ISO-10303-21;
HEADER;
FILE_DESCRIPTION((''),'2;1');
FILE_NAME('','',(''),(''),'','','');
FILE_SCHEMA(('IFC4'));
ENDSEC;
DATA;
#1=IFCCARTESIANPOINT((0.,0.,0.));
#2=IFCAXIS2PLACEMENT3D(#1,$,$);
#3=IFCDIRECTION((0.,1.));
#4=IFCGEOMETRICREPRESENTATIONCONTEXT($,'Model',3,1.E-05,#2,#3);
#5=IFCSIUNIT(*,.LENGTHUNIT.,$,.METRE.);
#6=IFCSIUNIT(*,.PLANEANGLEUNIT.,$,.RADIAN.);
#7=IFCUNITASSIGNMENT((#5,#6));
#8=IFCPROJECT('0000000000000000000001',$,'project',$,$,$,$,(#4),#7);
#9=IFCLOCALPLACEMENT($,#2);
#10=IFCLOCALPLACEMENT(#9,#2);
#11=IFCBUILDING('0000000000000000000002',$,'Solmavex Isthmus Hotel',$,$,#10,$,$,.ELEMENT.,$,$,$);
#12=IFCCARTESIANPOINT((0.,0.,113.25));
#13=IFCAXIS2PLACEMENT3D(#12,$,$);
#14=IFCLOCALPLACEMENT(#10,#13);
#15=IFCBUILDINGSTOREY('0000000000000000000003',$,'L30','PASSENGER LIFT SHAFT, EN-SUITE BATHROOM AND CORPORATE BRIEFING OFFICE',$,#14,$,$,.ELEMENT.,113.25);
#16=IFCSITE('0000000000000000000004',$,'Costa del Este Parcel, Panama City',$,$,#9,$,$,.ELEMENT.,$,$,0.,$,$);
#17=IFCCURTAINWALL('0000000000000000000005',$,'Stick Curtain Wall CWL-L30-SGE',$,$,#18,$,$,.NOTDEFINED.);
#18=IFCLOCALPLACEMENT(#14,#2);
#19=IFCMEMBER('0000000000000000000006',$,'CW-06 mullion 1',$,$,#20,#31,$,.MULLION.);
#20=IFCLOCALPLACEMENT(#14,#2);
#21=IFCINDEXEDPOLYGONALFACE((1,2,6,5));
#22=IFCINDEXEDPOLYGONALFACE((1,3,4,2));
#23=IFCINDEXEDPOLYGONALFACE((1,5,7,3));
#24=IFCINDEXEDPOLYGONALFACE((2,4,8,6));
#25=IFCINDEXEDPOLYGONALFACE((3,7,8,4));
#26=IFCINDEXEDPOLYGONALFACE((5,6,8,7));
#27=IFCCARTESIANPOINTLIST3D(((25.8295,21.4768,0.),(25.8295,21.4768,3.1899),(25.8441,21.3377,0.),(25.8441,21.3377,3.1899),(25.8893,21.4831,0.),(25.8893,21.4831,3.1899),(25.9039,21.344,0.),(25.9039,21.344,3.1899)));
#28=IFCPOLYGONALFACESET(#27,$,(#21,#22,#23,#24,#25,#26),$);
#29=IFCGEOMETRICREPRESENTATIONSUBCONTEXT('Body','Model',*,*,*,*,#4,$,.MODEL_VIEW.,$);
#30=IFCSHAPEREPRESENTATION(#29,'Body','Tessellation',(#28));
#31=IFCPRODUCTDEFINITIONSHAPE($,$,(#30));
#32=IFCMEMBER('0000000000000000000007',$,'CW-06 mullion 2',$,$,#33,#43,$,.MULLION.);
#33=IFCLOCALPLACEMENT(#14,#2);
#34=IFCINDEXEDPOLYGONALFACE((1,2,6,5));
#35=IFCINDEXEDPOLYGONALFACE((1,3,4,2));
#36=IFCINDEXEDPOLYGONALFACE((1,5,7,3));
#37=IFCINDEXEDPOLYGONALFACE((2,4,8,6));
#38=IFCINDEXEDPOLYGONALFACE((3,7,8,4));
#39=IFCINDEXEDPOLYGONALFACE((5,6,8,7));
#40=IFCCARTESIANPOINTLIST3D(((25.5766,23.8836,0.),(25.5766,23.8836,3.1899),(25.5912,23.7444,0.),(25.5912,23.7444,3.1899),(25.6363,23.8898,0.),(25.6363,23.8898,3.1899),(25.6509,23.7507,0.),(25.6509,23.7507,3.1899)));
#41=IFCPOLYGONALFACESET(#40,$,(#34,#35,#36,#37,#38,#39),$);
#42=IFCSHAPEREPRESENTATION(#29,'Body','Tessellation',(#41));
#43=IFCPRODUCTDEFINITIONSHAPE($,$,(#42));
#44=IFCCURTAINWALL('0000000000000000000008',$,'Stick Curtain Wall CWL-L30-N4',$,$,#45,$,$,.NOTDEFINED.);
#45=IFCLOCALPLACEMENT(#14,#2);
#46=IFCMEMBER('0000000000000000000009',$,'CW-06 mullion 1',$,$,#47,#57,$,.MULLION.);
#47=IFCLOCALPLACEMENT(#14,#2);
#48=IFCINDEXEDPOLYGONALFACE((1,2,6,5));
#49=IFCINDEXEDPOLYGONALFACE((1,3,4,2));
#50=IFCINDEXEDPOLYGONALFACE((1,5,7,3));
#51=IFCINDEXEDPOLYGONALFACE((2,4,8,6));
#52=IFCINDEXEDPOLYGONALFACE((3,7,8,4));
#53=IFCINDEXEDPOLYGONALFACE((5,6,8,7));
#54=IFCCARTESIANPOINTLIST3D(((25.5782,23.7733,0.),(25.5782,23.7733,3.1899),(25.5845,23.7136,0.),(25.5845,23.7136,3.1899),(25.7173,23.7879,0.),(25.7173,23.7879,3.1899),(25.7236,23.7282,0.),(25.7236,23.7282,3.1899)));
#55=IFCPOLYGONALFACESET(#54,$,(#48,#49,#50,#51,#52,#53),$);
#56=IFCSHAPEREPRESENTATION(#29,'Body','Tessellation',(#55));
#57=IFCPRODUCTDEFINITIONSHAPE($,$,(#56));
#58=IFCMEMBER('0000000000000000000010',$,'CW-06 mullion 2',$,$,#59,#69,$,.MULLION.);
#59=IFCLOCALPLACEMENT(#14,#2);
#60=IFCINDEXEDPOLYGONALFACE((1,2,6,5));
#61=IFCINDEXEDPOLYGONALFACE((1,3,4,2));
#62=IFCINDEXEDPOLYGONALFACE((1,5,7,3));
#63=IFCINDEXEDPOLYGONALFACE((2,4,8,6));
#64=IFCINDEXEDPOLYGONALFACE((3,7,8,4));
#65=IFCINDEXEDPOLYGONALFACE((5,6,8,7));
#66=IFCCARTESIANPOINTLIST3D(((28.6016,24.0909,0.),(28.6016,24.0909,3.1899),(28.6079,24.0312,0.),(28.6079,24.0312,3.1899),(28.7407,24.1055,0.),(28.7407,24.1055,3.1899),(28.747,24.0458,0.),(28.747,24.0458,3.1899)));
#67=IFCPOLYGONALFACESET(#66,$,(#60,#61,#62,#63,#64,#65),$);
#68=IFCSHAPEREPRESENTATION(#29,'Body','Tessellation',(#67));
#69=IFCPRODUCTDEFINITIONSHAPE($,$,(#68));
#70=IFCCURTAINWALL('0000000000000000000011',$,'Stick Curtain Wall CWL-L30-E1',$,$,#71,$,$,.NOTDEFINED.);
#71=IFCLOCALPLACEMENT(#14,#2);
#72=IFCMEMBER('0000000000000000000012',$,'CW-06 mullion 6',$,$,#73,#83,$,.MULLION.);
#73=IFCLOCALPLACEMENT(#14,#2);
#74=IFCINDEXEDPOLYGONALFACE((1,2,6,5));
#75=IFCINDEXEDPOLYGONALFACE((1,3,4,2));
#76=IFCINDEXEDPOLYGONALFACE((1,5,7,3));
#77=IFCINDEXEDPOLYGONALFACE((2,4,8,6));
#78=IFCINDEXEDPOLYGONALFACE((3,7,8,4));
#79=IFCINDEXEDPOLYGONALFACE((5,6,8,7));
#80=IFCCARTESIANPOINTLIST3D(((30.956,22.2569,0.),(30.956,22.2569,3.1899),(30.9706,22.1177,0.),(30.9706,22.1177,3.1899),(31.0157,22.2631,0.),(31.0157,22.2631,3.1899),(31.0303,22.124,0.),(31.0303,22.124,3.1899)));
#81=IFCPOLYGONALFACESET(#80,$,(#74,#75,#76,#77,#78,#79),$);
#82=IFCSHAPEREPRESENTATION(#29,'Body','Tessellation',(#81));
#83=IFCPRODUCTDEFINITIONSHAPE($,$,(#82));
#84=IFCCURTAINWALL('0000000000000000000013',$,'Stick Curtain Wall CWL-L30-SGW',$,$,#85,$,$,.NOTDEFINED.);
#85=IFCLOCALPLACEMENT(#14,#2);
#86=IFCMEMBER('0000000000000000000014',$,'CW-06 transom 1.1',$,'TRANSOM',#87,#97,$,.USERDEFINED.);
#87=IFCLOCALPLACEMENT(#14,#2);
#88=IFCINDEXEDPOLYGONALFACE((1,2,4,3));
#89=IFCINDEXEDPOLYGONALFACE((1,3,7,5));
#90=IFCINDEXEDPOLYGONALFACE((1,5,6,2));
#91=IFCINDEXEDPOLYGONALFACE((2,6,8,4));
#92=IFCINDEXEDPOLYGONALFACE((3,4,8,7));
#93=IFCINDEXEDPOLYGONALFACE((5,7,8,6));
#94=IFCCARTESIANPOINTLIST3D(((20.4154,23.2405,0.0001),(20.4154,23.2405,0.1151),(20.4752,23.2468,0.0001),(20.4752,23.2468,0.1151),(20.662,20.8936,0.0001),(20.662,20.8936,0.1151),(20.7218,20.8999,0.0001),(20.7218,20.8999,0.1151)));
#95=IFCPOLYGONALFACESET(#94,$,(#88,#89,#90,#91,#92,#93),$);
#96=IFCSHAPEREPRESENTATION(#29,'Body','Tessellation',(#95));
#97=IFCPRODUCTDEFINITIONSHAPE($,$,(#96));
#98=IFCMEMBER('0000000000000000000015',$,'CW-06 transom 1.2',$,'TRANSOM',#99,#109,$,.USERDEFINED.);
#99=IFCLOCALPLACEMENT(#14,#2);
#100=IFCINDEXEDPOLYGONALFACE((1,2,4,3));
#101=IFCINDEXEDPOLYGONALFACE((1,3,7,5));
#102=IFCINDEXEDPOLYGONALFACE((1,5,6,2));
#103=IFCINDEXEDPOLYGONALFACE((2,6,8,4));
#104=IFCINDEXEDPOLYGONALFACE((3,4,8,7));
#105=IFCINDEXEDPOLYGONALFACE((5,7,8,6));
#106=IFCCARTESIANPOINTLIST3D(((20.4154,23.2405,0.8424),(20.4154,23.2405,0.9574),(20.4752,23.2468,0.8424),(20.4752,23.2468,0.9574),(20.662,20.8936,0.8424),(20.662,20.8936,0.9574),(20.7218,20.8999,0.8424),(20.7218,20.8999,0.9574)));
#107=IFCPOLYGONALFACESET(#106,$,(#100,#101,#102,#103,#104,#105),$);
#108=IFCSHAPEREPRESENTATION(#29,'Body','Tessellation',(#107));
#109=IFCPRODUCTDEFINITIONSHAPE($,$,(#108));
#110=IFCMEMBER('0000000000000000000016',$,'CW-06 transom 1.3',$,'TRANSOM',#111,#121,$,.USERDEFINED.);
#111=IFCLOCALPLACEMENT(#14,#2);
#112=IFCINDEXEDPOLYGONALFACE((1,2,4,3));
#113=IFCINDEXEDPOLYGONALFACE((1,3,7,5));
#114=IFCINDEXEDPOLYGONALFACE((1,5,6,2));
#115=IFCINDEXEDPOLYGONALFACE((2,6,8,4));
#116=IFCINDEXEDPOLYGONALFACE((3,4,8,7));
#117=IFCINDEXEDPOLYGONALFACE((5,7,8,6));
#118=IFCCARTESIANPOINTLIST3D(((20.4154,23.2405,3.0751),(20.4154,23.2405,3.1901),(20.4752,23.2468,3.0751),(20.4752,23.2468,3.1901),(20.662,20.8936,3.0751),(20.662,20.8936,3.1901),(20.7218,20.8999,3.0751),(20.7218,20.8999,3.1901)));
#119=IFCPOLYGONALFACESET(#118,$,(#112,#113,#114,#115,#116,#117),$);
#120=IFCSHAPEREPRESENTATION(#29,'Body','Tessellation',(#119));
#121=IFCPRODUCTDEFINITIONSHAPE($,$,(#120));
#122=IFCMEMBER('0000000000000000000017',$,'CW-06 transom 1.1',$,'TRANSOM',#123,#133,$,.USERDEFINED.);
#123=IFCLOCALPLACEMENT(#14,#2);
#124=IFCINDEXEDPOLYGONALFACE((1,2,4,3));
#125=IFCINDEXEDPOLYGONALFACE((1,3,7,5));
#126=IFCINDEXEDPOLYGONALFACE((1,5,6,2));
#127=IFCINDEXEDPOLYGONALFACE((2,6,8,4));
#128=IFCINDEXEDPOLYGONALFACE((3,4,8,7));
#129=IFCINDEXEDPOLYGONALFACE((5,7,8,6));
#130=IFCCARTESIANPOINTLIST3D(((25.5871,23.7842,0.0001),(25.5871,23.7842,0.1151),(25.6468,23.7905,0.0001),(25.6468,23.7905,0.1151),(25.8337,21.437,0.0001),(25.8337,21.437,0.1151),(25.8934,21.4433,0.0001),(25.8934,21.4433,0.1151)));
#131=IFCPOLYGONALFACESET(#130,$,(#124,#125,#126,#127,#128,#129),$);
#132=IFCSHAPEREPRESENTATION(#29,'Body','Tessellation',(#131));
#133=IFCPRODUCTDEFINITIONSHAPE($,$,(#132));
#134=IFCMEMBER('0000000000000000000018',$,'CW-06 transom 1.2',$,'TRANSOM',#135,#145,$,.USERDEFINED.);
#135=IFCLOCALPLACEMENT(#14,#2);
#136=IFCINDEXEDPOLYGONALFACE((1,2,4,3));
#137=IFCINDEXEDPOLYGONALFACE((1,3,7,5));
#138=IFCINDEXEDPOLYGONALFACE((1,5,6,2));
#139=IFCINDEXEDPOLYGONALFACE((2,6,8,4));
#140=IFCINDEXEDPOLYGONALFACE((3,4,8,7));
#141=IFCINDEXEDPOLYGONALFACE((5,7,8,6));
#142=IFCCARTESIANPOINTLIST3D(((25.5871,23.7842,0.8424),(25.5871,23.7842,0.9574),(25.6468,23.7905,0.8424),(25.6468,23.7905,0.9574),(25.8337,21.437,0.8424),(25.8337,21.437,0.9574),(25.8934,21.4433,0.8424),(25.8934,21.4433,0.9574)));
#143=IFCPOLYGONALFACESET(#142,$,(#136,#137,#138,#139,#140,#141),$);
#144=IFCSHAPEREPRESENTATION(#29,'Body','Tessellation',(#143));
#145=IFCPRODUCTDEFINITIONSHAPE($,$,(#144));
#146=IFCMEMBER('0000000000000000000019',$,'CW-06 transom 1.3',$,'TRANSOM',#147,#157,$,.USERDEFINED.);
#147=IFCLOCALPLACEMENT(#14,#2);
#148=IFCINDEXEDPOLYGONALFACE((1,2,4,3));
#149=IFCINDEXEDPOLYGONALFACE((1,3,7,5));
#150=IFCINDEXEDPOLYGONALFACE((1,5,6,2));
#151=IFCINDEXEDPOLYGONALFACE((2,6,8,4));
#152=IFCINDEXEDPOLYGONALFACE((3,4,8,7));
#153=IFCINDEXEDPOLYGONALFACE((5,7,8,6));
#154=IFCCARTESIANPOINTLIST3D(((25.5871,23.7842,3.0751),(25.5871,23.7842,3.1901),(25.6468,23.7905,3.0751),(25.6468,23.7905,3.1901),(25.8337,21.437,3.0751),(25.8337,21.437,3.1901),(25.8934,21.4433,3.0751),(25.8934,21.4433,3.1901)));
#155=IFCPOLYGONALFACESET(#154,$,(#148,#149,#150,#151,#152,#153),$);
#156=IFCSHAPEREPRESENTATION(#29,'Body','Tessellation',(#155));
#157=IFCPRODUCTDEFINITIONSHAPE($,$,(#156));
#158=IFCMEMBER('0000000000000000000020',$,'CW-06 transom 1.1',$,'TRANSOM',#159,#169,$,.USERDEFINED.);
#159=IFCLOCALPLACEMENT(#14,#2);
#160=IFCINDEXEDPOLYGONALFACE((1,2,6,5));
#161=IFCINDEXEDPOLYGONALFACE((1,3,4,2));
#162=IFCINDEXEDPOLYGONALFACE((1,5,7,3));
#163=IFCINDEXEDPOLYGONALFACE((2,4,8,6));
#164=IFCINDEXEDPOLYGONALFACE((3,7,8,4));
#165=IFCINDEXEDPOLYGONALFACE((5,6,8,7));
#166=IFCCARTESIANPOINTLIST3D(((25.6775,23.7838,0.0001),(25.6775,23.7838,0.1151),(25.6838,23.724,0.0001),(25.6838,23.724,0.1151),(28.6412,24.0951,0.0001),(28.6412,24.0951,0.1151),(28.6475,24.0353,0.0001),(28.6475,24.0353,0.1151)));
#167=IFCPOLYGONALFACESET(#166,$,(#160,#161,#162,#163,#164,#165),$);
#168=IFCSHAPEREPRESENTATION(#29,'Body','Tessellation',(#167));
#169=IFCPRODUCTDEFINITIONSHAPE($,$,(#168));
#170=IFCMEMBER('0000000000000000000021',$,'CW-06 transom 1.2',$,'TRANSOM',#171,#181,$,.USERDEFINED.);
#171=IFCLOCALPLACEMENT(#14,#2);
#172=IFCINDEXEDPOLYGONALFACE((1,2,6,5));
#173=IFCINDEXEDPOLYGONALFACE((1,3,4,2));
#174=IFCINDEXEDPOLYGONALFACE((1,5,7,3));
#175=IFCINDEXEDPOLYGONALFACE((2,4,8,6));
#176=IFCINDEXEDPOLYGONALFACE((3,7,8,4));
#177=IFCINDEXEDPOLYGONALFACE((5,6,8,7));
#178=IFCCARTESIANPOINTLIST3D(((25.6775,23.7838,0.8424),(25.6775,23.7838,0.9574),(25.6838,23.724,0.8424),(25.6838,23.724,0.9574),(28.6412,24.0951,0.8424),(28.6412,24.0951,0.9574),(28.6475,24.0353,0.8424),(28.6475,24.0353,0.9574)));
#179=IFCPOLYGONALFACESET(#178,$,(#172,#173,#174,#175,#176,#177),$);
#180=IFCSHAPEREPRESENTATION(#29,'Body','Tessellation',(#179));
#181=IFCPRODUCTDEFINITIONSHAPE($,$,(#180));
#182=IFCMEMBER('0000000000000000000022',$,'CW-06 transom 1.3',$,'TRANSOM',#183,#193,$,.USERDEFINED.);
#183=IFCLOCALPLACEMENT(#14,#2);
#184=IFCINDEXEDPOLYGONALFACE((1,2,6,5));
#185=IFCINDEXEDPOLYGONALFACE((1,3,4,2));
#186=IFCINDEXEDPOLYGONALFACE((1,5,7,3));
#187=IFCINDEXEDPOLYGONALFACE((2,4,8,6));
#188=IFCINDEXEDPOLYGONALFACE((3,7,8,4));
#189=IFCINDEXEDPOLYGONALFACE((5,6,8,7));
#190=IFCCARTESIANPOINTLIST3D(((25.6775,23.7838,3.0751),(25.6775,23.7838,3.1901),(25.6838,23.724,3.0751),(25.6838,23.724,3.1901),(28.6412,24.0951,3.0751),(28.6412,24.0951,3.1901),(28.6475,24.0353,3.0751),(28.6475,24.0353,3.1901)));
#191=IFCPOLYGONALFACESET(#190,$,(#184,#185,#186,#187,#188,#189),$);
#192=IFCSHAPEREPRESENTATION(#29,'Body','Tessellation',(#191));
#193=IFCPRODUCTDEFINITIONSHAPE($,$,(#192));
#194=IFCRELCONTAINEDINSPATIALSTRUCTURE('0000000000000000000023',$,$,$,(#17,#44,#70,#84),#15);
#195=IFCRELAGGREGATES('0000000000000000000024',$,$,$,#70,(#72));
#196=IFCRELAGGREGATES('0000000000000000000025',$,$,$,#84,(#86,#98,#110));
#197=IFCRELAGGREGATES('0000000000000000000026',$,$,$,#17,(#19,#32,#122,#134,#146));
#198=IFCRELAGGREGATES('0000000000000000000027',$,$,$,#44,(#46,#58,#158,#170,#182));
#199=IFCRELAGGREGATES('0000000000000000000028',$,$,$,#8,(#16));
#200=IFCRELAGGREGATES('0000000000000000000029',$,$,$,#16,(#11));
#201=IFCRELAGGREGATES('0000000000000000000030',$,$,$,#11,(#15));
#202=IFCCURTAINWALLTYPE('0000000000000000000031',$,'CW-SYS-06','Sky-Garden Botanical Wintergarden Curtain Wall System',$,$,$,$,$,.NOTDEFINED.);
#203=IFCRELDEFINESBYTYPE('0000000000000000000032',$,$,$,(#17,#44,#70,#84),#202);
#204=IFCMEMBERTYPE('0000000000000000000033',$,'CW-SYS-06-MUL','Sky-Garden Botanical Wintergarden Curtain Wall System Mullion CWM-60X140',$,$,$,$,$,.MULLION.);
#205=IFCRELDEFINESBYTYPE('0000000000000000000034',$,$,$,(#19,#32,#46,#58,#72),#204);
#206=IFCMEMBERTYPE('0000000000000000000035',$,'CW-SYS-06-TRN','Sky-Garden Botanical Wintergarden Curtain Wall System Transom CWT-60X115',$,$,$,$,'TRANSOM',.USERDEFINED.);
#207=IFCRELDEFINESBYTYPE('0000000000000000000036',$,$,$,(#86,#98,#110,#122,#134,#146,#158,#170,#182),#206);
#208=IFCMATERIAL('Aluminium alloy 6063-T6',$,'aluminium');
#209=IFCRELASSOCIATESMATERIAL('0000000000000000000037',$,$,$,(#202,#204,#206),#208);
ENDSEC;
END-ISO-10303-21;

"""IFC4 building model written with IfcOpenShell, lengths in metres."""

from ifc_helpers import new_model, si_unit, direction, frame, origin, origin_2d, place, context, subcontext, project, spatial, rectangle, extrude, material, material_profile, profile_set, type_object, element, aggregate, save


model = new_model("IFC4")

# Units and contexts
model_context = context("Model", 3, precision=1e-05, world=origin(), true_north=direction((0.0, 1.0)))
body_context = subcontext(model_context, "Body", "Model", "MODEL_VIEW")
ifc_project = project(units=[si_unit("LENGTHUNIT", "METRE"), si_unit("PLANEANGLEUNIT", "RADIAN")], contexts=[model_context])

# Site, building, storey
site_placement = place(None, origin())
site = spatial("IfcSite", under=ifc_project, at=site_placement, Name="Costa del Este Parcel, Panama City", CompositionType="ELEMENT", RefElevation=0.0)
building_placement = place(site_placement, origin())
building = spatial("IfcBuilding", under=site, at=building_placement, Name="Solmavex Isthmus Hotel", CompositionType="ELEMENT")
storey_placement = place(building_placement, frame((0.0, 0.0, 113.25)))
storey = spatial("IfcBuildingStorey", under=building, at=storey_placement, Name="L30", Description="PASSENGER LIFT SHAFT, EN-SUITE BATHROOM AND CORPORATE BRIEFING OFFICE", CompositionType="ELEMENT", Elevation=113.25)

# Curtain walls, members
ifc_material_1 = material(Name="Aluminium alloy 6063-T6", Category="aluminium")
curtain_wall_type = type_object("IfcCurtainWallType", Name="CW-SYS-06", Description="Sky-Garden Botanical Wintergarden Curtain Wall System", PredefinedType="NOTDEFINED", material=ifc_material_1)
curtain_wall_1_placement = place(storey_placement, origin())
curtain_wall_1 = element("IfcCurtainWall", 1, at=curtain_wall_1_placement, inside=storey, type_object=curtain_wall_type, Name="Stick Curtain Wall CWL-L30-SGE", PredefinedType="NOTDEFINED")
ifc_material_profile_1 = material_profile(ifc_material_1, rectangle(XDim=0.0601, YDim=0.1399, at=origin_2d()), Name="CWM-60X140")
ifc_profile_set_1 = profile_set([ifc_material_profile_1], Name="Aluminium alloy 6063-T6")
member_type_1 = type_object("IfcMemberType", Name="CW-SYS-06-MUL", Description="Sky-Garden Botanical Wintergarden Curtain Wall System Mullion CWM-60X140", PredefinedType="MULLION", material=ifc_profile_set_1)
member_1_placement = place(storey_placement, frame((25.8667, 21.4104, 0.0), z_axis=(0.0, 0.0, 1.0), x_axis=(-0.994522, -0.104528, 0.0)))
member_1 = element("IfcMember", 2, at=member_1_placement, type_object=member_type_1, Name="CW-06 mullion 1", PredefinedType="MULLION", context=body_context, shape_type="SweptSolid", body=[
    extrude(rectangle(XDim=0.0601, YDim=0.1399, at=origin_2d()), origin(), (0.0, 0.0, 1.0), 3.1899),
])
member_2_placement = place(storey_placement, frame((25.6138, 23.8171, 0.0), z_axis=(0.0, 0.0, 1.0), x_axis=(-0.994522, -0.104528, 0.0)))
member_2 = element("IfcMember", 3, at=member_2_placement, type_object=member_type_1, Name="CW-06 mullion 2", PredefinedType="MULLION", context=body_context, shape_type="SweptSolid", body=[
    extrude(rectangle(XDim=0.0601, YDim=0.1399, at=origin_2d()), origin(), (0.0, 0.0, 1.0), 3.1899),
])
curtain_wall_2_placement = place(storey_placement, origin())
curtain_wall_2 = element("IfcCurtainWall", 4, at=curtain_wall_2_placement, inside=storey, type_object=curtain_wall_type, Name="Stick Curtain Wall CWL-L30-N4", PredefinedType="NOTDEFINED")
member_3_placement = place(storey_placement, frame((25.6509, 23.7507, 0.0), z_axis=(0.0, 0.0, 1.0), x_axis=(-0.104529, 0.994522, 0.0)))
member_3 = element("IfcMember", 5, at=member_3_placement, type_object=member_type_1, Name="CW-06 mullion 1", PredefinedType="MULLION", context=body_context, shape_type="SweptSolid", body=[
    extrude(rectangle(XDim=0.0601, YDim=0.1399, at=origin_2d()), origin(), (0.0, 0.0, 1.0), 3.1899),
])
member_4_placement = place(storey_placement, frame((28.6743, 24.0684, 0.0), z_axis=(0.0, 0.0, 1.0), x_axis=(-0.104529, 0.994522, 0.0)))
member_4 = element("IfcMember", 6, at=member_4_placement, type_object=member_type_1, Name="CW-06 mullion 2", PredefinedType="MULLION", context=body_context, shape_type="SweptSolid", body=[
    extrude(rectangle(XDim=0.0601, YDim=0.1399, at=origin_2d()), origin(), (0.0, 0.0, 1.0), 3.1899),
])

# Curtain wall, member
curtain_wall_3_placement = place(storey_placement, origin())
curtain_wall_3 = element("IfcCurtainWall", 7, at=curtain_wall_3_placement, inside=storey, type_object=curtain_wall_type, Name="Stick Curtain Wall CWL-L30-E1", PredefinedType="NOTDEFINED")
member_5_placement = place(storey_placement, frame((30.9932, 22.1904, 0.0), z_axis=(0.0, 0.0, 1.0), x_axis=(-0.994522, -0.104528, 0.0)))
member_5 = element("IfcMember", 8, at=member_5_placement, type_object=member_type_1, Name="CW-06 mullion 6", PredefinedType="MULLION", context=body_context, shape_type="SweptSolid", body=[
    extrude(rectangle(XDim=0.0601, YDim=0.1399, at=origin_2d()), origin(), (0.0, 0.0, 1.0), 3.1899),
])
aggregate(curtain_wall_3, [member_5])

# Curtain wall, members
curtain_wall_4_placement = place(storey_placement, origin())
curtain_wall_4 = element("IfcCurtainWall", 9, at=curtain_wall_4_placement, inside=storey, type_object=curtain_wall_type, Name="Stick Curtain Wall CWL-L30-SGW", PredefinedType="NOTDEFINED")
ifc_material_profile_2 = material_profile(ifc_material_1, rectangle(XDim=0.0601, YDim=0.115, at=origin_2d()), Name="CWT-60X115")
ifc_profile_set_2 = profile_set([ifc_material_profile_2], Name="Aluminium alloy 6063-T6")
member_type_2 = type_object("IfcMemberType", Name="CW-SYS-06-TRN", Description="Sky-Garden Botanical Wintergarden Curtain Wall System Transom CWT-60X115", ElementType="TRANSOM", PredefinedType="USERDEFINED", material=ifc_profile_set_2)
member_6_placement = place(storey_placement, frame((20.6919, 20.8967, 0.0576), z_axis=(-0.104491, 0.994526, 0.0), x_axis=(-0.994526, -0.104491, 0.0)))
member_6 = element("IfcMember", 10, at=member_6_placement, type_object=member_type_2, Name="CW-06 transom 1.1", ObjectType="TRANSOM", PredefinedType="USERDEFINED", context=body_context, shape_type="SweptSolid", body=[
    extrude(rectangle(XDim=0.0601, YDim=0.115, at=origin_2d()), origin(), (0.0, 0.0, 1.0), 2.3599),
])
member_7_placement = place(storey_placement, frame((20.6919, 20.8967, 0.8999), z_axis=(-0.104491, 0.994526, 0.0), x_axis=(-0.994526, -0.104491, 0.0)))
member_7 = element("IfcMember", 11, at=member_7_placement, type_object=member_type_2, Name="CW-06 transom 1.2", ObjectType="TRANSOM", PredefinedType="USERDEFINED", context=body_context, shape_type="SweptSolid", body=[
    extrude(rectangle(XDim=0.0601, YDim=0.115, at=origin_2d()), origin(), (0.0, 0.0, 1.0), 2.3599),
])
member_8_placement = place(storey_placement, frame((20.6919, 20.8967, 3.1326), z_axis=(-0.104491, 0.994526, 0.0), x_axis=(-0.994526, -0.104491, 0.0)))
member_8 = element("IfcMember", 12, at=member_8_placement, type_object=member_type_2, Name="CW-06 transom 1.3", ObjectType="TRANSOM", PredefinedType="USERDEFINED", context=body_context, shape_type="SweptSolid", body=[
    extrude(rectangle(XDim=0.0601, YDim=0.115, at=origin_2d()), origin(), (0.0, 0.0, 1.0), 2.3599),
])

# Members
member_9_placement = place(storey_placement, frame((25.8635, 21.4402, 0.0576), z_axis=(-0.10448, 0.994527, 0.0), x_axis=(-0.994527, -0.10448, 0.0)))
member_9 = element("IfcMember", 13, at=member_9_placement, type_object=member_type_2, Name="CW-06 transom 1.1", ObjectType="TRANSOM", PredefinedType="USERDEFINED", context=body_context, shape_type="SweptSolid", body=[
    extrude(rectangle(XDim=0.0601, YDim=0.115, at=origin_2d()), origin(), (0.0, 0.0, 1.0), 2.3601),
])
member_10_placement = place(storey_placement, frame((25.8635, 21.4402, 0.8999), z_axis=(-0.10448, 0.994527, 0.0), x_axis=(-0.994527, -0.10448, 0.0)))
member_10 = element("IfcMember", 14, at=member_10_placement, type_object=member_type_2, Name="CW-06 transom 1.2", ObjectType="TRANSOM", PredefinedType="USERDEFINED", context=body_context, shape_type="SweptSolid", body=[
    extrude(rectangle(XDim=0.0601, YDim=0.115, at=origin_2d()), origin(), (0.0, 0.0, 1.0), 2.3601),
])
member_11_placement = place(storey_placement, frame((25.8635, 21.4402, 3.1326), z_axis=(-0.10448, 0.994527, 0.0), x_axis=(-0.994527, -0.10448, 0.0)))
member_11 = element("IfcMember", 15, at=member_11_placement, type_object=member_type_2, Name="CW-06 transom 1.3", ObjectType="TRANSOM", PredefinedType="USERDEFINED", context=body_context, shape_type="SweptSolid", body=[
    extrude(rectangle(XDim=0.0601, YDim=0.115, at=origin_2d()), origin(), (0.0, 0.0, 1.0), 2.3601),
])
member_12_placement = place(storey_placement, frame((25.6807, 23.7539, 0.0576), z_axis=(0.994529, 0.104459, 0.0), x_axis=(-0.104459, 0.994529, 0.0)))
member_12 = element("IfcMember", 16, at=member_12_placement, type_object=member_type_2, Name="CW-06 transom 1.1", ObjectType="TRANSOM", PredefinedType="USERDEFINED", context=body_context, shape_type="SweptSolid", body=[
    extrude(rectangle(XDim=0.0601, YDim=0.115, at=origin_2d()), origin(), (0.0, 0.0, 1.0), 2.98),
])
member_13_placement = place(storey_placement, frame((25.6807, 23.7539, 0.8999), z_axis=(0.994529, 0.104459, 0.0), x_axis=(-0.104459, 0.994529, 0.0)))
member_13 = element("IfcMember", 17, at=member_13_placement, type_object=member_type_2, Name="CW-06 transom 1.2", ObjectType="TRANSOM", PredefinedType="USERDEFINED", context=body_context, shape_type="SweptSolid", body=[
    extrude(rectangle(XDim=0.0601, YDim=0.115, at=origin_2d()), origin(), (0.0, 0.0, 1.0), 2.98),
])
member_14_placement = place(storey_placement, frame((25.6807, 23.7539, 3.1326), z_axis=(0.994529, 0.104459, 0.0), x_axis=(-0.104459, 0.994529, 0.0)))
member_14 = element("IfcMember", 18, at=member_14_placement, type_object=member_type_2, Name="CW-06 transom 1.3", ObjectType="TRANSOM", PredefinedType="USERDEFINED", context=body_context, shape_type="SweptSolid", body=[
    extrude(rectangle(XDim=0.0601, YDim=0.115, at=origin_2d()), origin(), (0.0, 0.0, 1.0), 2.98),
])

aggregate(curtain_wall_4, [member_6, member_7, member_8])
aggregate(curtain_wall_1, [member_1, member_2, member_9, member_10, member_11])
aggregate(curtain_wall_2, [member_3, member_4, member_12, member_13, member_14])

save(model, "model.ifc")
